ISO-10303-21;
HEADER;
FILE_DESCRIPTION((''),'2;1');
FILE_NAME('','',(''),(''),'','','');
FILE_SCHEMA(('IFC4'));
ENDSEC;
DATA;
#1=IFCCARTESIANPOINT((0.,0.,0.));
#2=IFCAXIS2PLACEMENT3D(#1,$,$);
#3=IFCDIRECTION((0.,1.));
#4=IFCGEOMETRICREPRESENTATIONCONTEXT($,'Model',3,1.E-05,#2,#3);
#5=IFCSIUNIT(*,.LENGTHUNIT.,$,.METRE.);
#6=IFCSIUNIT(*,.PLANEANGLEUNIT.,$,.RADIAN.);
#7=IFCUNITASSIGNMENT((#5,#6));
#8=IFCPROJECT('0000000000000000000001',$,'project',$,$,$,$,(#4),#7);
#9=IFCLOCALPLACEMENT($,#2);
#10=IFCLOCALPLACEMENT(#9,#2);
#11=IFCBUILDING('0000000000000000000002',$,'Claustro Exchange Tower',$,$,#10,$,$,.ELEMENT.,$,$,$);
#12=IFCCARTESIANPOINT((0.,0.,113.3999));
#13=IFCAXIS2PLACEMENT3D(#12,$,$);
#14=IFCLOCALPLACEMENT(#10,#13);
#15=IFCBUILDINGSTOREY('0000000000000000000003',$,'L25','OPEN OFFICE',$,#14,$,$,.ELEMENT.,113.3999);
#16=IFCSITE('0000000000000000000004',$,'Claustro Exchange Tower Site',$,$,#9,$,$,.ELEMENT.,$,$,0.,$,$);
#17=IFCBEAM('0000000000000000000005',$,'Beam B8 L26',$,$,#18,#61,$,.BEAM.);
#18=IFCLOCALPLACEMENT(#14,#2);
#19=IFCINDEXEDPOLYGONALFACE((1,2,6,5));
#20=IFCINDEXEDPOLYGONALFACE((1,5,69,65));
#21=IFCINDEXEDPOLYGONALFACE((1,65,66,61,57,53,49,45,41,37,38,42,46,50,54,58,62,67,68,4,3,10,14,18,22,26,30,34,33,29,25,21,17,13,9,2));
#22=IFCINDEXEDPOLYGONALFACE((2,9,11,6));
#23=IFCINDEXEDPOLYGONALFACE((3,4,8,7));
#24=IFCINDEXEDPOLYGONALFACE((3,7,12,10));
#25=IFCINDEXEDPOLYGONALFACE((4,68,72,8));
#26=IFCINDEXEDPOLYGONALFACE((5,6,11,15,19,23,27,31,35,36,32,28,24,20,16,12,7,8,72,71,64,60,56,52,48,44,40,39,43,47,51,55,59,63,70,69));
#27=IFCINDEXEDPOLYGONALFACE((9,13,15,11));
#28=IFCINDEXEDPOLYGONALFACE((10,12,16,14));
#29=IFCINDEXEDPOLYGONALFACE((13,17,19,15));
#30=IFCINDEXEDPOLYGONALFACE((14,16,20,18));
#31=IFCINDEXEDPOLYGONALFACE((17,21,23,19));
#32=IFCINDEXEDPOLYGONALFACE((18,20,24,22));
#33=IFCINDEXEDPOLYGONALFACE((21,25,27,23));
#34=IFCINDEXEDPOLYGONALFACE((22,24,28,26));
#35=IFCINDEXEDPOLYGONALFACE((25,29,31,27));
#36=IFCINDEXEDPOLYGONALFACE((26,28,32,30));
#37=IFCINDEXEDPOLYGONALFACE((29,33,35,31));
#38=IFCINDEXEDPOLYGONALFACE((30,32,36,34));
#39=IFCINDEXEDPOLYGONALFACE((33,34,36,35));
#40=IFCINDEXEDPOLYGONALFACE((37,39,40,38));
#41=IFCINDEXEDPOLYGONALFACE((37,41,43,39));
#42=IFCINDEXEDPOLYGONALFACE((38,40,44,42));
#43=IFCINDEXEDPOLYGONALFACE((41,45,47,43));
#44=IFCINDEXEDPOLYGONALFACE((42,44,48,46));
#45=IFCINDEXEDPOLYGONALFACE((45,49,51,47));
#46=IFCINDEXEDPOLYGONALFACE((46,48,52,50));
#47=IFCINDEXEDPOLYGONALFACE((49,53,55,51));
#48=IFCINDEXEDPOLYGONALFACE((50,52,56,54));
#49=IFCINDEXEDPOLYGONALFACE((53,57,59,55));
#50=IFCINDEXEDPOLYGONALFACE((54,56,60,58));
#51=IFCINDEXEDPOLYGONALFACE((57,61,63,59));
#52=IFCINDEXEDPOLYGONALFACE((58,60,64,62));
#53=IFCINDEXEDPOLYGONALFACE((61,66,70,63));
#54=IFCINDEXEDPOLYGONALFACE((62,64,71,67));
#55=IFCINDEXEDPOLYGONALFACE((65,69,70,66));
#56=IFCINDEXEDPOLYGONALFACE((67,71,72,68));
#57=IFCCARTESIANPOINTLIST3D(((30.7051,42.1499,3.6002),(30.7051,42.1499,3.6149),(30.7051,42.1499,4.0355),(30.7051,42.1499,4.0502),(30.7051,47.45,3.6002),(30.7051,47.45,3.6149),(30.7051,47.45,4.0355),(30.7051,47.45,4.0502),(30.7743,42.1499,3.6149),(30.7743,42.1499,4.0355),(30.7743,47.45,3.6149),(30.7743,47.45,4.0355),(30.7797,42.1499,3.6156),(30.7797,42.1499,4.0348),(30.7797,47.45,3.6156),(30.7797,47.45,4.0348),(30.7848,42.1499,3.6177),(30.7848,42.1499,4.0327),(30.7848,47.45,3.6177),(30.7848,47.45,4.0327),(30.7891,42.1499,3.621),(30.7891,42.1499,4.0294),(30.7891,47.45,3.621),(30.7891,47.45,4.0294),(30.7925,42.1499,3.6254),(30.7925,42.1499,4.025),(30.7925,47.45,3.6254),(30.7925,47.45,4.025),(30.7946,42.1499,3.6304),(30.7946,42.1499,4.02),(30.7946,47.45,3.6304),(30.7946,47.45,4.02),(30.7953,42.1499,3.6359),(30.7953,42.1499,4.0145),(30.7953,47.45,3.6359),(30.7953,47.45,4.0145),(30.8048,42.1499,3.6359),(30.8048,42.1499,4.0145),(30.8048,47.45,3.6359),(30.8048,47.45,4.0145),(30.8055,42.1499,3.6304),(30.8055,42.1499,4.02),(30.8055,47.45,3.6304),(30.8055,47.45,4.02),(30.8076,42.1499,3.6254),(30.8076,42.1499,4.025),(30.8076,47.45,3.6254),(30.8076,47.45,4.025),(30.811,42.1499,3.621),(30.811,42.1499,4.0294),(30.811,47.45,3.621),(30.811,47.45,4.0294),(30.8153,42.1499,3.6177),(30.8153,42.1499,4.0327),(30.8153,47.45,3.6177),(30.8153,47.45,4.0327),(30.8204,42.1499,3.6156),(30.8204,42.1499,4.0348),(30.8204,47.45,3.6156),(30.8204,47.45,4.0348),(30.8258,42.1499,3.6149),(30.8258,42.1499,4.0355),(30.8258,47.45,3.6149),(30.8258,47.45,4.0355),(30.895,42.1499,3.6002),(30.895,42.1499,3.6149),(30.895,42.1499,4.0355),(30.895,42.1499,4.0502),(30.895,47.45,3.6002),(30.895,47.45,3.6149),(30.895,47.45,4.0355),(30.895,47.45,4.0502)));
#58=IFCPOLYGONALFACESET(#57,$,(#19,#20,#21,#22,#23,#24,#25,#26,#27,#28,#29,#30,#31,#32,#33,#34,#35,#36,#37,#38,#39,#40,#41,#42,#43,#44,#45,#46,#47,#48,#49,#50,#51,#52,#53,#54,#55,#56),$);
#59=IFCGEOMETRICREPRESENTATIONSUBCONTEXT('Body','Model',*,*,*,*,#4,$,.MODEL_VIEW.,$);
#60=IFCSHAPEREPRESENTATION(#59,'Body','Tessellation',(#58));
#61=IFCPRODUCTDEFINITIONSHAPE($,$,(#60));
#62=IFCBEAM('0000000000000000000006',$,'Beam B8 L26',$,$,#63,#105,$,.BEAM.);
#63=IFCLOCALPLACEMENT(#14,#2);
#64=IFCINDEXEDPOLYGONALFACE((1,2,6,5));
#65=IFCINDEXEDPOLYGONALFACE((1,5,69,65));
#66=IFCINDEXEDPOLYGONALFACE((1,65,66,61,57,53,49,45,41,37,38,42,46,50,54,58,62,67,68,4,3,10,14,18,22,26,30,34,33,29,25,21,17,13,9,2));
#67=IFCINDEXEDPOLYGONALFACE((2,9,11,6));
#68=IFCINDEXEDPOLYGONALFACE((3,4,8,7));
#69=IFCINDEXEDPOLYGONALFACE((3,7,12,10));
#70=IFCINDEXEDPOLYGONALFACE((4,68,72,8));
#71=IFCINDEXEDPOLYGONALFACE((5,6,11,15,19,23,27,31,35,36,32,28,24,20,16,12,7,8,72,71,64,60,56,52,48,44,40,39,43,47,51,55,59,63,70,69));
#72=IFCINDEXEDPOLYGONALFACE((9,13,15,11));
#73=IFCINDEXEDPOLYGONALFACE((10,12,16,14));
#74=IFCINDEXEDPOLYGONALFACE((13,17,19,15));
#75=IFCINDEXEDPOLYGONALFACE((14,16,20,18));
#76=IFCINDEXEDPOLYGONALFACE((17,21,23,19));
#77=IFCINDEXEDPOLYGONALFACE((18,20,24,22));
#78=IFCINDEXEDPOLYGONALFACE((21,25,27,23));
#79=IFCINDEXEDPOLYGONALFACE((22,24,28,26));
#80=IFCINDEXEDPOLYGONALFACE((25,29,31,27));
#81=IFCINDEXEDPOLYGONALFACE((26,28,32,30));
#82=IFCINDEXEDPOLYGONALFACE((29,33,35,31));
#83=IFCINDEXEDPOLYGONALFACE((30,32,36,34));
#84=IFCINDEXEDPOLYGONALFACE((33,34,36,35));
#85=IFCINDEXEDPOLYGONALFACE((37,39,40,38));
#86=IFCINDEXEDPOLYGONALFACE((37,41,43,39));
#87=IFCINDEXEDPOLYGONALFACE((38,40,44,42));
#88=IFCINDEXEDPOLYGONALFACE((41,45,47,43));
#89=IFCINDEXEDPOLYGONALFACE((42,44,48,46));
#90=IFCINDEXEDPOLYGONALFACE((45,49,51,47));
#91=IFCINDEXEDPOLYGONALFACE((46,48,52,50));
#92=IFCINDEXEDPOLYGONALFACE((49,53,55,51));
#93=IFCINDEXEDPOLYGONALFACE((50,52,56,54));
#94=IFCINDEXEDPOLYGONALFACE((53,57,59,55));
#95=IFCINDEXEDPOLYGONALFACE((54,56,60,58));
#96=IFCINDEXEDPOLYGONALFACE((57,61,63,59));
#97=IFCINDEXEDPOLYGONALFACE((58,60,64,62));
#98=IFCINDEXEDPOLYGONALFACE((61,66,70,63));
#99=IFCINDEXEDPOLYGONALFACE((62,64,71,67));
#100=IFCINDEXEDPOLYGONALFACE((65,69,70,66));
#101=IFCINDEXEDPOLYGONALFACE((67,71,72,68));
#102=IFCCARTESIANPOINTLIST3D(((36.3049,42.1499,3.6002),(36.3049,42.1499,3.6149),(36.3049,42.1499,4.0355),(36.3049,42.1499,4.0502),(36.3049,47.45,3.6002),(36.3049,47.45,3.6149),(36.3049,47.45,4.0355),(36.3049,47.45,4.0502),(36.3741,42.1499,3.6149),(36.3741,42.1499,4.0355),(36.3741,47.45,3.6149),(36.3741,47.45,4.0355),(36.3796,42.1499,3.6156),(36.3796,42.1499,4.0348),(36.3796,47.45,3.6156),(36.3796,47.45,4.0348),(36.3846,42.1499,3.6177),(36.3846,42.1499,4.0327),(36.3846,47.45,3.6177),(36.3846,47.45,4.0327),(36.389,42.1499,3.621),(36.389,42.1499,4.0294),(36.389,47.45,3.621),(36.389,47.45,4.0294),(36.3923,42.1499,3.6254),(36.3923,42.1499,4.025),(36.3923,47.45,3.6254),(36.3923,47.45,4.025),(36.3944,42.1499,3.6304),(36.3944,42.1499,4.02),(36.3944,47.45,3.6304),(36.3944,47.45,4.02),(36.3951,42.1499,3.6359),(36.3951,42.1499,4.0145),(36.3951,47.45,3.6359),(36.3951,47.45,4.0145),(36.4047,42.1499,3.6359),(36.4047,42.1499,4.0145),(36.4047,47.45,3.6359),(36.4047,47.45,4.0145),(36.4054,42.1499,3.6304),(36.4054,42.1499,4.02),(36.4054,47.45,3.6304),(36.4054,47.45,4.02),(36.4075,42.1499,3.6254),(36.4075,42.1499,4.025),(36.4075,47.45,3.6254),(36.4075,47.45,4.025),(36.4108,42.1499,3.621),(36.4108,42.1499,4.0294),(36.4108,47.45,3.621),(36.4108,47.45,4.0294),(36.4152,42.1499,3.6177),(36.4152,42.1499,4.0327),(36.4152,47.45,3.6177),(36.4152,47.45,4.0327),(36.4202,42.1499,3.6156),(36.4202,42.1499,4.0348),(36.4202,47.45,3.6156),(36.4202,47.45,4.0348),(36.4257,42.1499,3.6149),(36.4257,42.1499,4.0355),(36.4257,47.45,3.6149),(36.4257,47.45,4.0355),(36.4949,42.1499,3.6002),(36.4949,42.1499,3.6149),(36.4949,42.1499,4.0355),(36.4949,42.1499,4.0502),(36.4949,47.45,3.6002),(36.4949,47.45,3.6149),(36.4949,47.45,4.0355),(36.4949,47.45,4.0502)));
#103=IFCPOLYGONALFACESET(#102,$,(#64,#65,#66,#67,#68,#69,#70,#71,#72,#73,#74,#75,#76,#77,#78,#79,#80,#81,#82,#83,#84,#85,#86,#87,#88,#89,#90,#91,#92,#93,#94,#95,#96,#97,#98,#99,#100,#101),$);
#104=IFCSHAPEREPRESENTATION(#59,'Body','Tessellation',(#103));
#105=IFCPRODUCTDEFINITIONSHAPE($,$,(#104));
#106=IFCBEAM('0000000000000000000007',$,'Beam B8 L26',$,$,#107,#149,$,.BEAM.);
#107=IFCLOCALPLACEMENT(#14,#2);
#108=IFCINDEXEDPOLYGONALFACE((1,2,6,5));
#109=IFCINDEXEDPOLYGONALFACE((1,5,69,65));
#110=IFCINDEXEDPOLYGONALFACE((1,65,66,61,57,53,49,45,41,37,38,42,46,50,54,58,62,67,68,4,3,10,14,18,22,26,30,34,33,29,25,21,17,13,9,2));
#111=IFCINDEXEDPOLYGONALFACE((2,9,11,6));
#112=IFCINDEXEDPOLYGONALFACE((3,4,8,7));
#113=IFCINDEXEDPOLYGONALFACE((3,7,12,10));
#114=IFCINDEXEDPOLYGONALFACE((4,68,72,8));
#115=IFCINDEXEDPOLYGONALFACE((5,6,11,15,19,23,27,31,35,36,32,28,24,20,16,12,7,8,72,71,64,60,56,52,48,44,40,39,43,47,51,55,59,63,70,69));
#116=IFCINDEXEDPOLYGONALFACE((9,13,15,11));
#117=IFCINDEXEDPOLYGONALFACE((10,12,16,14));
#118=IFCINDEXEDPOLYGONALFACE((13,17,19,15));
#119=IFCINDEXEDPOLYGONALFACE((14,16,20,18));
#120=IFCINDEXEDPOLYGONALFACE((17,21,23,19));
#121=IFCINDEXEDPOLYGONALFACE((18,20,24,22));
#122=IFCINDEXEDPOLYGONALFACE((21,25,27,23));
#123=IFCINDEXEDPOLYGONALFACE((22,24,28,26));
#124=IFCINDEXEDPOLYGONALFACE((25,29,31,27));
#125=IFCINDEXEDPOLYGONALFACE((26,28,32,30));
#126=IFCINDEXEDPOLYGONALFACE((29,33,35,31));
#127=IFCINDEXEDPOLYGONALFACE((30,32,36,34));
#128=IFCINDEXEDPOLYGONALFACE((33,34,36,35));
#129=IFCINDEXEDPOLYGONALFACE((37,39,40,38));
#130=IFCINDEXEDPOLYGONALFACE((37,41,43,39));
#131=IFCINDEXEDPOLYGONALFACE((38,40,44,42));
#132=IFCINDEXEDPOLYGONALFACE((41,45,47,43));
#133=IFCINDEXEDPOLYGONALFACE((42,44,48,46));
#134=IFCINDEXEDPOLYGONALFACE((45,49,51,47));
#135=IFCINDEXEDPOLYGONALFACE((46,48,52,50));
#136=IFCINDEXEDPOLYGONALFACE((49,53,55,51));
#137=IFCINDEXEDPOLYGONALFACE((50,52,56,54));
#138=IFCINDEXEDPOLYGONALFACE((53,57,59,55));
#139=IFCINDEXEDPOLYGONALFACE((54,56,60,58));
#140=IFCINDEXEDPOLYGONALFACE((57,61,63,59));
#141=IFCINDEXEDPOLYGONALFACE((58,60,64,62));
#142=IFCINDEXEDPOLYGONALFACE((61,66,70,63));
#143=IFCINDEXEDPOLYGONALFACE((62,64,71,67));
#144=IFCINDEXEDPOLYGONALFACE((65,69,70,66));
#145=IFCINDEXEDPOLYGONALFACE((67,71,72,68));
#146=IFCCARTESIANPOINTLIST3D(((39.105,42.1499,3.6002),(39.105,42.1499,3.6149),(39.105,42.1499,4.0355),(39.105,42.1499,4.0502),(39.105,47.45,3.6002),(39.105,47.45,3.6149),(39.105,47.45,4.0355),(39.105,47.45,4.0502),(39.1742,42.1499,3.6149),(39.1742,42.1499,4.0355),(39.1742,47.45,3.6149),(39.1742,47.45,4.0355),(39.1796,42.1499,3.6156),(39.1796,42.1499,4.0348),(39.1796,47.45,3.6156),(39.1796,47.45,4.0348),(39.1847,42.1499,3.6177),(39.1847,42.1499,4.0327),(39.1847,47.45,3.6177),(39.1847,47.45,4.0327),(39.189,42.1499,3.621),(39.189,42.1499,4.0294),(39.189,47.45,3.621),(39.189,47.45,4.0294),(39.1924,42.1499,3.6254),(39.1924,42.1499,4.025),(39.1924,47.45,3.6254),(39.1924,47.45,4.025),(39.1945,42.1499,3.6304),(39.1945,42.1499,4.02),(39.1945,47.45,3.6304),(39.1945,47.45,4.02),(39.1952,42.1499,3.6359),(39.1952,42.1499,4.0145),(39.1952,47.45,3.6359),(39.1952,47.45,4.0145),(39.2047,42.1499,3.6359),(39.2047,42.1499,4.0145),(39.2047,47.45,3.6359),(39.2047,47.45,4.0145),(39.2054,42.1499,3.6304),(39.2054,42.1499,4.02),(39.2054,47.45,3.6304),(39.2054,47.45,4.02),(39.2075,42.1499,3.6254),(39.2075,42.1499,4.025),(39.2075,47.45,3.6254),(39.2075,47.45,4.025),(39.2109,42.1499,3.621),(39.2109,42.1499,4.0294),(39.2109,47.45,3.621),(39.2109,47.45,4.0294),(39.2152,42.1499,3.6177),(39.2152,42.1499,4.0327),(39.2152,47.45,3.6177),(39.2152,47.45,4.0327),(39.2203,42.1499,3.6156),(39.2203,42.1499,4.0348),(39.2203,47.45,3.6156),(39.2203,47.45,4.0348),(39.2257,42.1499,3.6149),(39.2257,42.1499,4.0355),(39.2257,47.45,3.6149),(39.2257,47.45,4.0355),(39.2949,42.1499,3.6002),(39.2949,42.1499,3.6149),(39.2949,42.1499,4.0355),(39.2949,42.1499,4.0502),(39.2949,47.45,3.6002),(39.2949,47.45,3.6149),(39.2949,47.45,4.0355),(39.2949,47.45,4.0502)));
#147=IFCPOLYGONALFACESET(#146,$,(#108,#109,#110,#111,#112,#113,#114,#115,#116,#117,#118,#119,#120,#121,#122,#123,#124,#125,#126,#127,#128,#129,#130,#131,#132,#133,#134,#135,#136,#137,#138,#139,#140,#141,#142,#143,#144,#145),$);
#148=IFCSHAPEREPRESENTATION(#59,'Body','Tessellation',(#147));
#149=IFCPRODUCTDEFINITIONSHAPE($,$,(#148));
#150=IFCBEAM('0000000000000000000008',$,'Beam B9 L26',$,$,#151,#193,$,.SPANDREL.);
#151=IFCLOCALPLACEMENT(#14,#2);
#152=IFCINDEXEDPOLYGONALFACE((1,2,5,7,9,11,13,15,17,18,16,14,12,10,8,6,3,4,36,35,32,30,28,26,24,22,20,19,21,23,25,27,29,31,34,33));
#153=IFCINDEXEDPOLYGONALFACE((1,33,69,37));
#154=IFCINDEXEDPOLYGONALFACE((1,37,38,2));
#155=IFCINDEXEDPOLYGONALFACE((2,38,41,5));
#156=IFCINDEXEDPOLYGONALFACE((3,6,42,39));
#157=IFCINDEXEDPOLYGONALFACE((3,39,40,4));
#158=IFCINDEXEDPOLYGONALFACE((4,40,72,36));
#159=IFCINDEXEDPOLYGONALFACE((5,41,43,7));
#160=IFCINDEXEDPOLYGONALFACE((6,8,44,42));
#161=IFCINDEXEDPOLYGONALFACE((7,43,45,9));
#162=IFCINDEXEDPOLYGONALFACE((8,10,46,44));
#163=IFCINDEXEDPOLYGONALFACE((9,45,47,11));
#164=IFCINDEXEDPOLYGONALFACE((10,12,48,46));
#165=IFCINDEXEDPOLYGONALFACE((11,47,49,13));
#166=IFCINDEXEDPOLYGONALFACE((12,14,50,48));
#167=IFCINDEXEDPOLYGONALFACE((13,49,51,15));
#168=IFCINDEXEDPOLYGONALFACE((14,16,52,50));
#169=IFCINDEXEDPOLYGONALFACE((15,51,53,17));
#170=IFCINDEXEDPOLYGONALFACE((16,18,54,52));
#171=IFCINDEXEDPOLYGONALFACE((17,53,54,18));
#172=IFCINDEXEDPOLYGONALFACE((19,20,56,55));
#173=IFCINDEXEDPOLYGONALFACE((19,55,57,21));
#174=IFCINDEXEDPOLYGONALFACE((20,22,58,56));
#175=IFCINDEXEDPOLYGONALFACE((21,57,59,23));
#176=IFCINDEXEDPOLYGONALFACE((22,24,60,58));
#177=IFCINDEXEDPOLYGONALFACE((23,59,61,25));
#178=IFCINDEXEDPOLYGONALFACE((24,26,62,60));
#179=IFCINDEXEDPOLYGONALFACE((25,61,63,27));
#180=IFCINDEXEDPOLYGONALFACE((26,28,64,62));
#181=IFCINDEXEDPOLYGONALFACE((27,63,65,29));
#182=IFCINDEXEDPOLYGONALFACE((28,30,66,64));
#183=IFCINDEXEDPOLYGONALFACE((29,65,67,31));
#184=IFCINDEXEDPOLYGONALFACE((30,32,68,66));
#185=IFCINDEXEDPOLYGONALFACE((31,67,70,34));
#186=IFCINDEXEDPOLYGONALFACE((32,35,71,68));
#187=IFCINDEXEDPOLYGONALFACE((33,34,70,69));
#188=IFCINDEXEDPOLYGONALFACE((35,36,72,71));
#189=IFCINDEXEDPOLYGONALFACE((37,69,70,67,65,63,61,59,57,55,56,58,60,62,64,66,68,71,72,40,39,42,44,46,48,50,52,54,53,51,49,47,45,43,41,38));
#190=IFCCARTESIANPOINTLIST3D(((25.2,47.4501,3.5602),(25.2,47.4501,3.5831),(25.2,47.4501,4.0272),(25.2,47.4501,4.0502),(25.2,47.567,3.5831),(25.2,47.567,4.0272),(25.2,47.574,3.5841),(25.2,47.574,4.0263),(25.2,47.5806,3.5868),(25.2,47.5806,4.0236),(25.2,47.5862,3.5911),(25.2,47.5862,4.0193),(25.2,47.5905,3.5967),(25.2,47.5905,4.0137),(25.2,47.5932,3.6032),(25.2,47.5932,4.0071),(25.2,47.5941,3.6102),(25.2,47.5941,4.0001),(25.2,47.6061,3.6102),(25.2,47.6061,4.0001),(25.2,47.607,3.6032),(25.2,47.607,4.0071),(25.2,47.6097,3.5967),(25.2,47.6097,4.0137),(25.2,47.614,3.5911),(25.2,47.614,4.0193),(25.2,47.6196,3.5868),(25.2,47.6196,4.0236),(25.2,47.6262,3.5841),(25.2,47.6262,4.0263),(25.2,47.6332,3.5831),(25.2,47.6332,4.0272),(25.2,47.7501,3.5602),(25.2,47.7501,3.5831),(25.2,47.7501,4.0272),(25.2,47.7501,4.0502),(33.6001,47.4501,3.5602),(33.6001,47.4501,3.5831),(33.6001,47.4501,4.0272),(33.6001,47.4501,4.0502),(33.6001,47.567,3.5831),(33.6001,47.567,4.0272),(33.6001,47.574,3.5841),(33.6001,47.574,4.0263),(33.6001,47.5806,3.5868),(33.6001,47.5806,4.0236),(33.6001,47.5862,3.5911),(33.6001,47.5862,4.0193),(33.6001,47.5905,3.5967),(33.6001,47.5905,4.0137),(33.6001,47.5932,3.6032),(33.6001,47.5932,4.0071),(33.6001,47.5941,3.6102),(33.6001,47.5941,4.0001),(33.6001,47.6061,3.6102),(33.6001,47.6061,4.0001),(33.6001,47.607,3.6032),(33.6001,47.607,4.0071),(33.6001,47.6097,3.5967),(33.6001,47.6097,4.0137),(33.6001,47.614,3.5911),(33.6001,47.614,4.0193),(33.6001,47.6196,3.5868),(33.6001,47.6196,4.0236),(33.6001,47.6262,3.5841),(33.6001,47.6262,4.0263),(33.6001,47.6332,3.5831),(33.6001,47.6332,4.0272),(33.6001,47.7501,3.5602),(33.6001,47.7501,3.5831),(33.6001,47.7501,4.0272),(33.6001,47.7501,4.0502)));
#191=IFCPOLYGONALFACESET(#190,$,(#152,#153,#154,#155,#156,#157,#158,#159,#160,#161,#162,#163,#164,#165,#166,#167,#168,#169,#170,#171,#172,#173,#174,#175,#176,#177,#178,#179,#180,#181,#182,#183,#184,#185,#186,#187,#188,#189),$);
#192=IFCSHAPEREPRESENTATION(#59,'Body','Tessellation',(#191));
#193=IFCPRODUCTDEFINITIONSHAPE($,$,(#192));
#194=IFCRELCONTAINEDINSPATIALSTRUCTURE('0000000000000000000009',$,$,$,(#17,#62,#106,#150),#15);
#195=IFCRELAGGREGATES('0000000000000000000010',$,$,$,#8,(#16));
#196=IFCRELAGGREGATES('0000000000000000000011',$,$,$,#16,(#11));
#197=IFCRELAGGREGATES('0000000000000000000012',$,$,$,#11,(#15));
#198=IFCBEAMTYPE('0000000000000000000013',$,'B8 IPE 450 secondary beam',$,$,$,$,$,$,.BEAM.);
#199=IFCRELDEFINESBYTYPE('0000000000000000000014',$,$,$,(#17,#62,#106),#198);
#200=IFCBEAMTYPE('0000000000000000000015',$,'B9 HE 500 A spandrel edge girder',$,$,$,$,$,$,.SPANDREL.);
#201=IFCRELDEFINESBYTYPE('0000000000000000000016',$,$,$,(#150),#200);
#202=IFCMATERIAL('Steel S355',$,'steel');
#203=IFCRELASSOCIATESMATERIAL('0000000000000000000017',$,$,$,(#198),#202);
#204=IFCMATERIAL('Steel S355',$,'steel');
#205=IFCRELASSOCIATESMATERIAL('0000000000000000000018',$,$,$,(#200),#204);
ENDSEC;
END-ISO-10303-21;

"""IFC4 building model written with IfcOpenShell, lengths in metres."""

from ifc_helpers import new_model, si_unit, direction, frame, origin, origin_2d, place, context, subcontext, project, spatial, i_section, extrude, material, material_profile, profile_set, type_object, element, save


model = new_model("IFC4")

# Units and contexts
model_context = context("Model", 3, precision=1e-05, world=origin(), true_north=direction((0.0, 1.0)))
body_context = subcontext(model_context, "Body", "Model", "MODEL_VIEW")
ifc_project = project(units=[si_unit("LENGTHUNIT", "METRE"), si_unit("PLANEANGLEUNIT", "RADIAN")], contexts=[model_context])

# Site, building, storey
site_placement = place(None, origin())
site = spatial("IfcSite", under=ifc_project, at=site_placement, Name="Claustro Exchange Tower Site", CompositionType="ELEMENT", RefElevation=0.0)
building_placement = place(site_placement, origin())
building = spatial("IfcBuilding", under=site, at=building_placement, Name="Claustro Exchange Tower", CompositionType="ELEMENT")
storey_placement = place(building_placement, frame((0.0, 0.0, 113.3999)))
storey = spatial("IfcBuildingStorey", under=building, at=storey_placement, Name="L25", Description="OPEN OFFICE", CompositionType="ELEMENT", Elevation=113.3999)

# Beams
ifc_material_1 = material(Name="Steel S355", Category="steel")
ifc_material_profile_1 = material_profile(ifc_material_1, i_section(OverallWidth=0.1899, OverallDepth=0.45, WebThickness=0.0095, FlangeThickness=0.0146, FilletRadius=0.021, at=origin_2d()), Name="IPE 450")
ifc_profile_set_1 = profile_set([ifc_material_profile_1], Name="Steel S355")
beam_type_1 = type_object("IfcBeamType", Name="B8 IPE 450 secondary beam", PredefinedType="BEAM", material=ifc_profile_set_1)
for number, where, z_axis, x_axis, name in (
    (1, (30.8, 42.1499, 3.8252), (0.0, 1.0, 0.0), (-1.0, 0.0, 0.0), "Beam B8 L26"),
    (2, (36.3999, 42.1499, 3.8252), (0.0, 1.0, 0.0), (-1.0, 0.0, 0.0), "Beam B8 L26"),
    (3, (39.2, 42.1499, 3.8252), (0.0, 1.0, 0.0), (-1.0, 0.0, 0.0), "Beam B8 L26"),
):
    element("IfcBeam", number, at=place(storey_placement, frame(where, z_axis=z_axis, x_axis=x_axis)), inside=storey, type_object=beam_type_1, Name=name, PredefinedType="BEAM", context=body_context, shape_type="SweptSolid", body=[
        extrude(i_section(OverallWidth=0.1899, OverallDepth=0.45, WebThickness=0.0095, FlangeThickness=0.0146, FilletRadius=0.021, at=origin_2d()), origin(), (0.0, 0.0, 1.0), 5.3),
    ])
ifc_material_2 = material(Name="Steel S355", Category="steel")
ifc_material_profile_2 = material_profile(ifc_material_2, i_section(OverallWidth=0.3, OverallDepth=0.49, WebThickness=0.012, FlangeThickness=0.0229, FilletRadius=0.0271, at=origin_2d()), Name="HE 500 A")
ifc_profile_set_2 = profile_set([ifc_material_profile_2], Name="Steel S355")
beam_type_2 = type_object("IfcBeamType", Name="B9 HE 500 A spandrel edge girder", PredefinedType="SPANDREL", material=ifc_profile_set_2)
beam_1_placement = place(storey_placement, frame((25.2, 47.6001, 3.8052), z_axis=(1.0, 0.0, 0.0), x_axis=(0.0, 1.0, 0.0)))
element("IfcBeam", 4, at=beam_1_placement, inside=storey, type_object=beam_type_2, Name="Beam B9 L26", PredefinedType="SPANDREL", context=body_context, shape_type="SweptSolid", body=[
    extrude(i_section(OverallWidth=0.3, OverallDepth=0.49, WebThickness=0.012, FlangeThickness=0.0229, FilletRadius=0.0271, at=origin_2d()), origin(), (0.0, 0.0, 1.0), 8.4001),
])

save(model, "model.ifc")
